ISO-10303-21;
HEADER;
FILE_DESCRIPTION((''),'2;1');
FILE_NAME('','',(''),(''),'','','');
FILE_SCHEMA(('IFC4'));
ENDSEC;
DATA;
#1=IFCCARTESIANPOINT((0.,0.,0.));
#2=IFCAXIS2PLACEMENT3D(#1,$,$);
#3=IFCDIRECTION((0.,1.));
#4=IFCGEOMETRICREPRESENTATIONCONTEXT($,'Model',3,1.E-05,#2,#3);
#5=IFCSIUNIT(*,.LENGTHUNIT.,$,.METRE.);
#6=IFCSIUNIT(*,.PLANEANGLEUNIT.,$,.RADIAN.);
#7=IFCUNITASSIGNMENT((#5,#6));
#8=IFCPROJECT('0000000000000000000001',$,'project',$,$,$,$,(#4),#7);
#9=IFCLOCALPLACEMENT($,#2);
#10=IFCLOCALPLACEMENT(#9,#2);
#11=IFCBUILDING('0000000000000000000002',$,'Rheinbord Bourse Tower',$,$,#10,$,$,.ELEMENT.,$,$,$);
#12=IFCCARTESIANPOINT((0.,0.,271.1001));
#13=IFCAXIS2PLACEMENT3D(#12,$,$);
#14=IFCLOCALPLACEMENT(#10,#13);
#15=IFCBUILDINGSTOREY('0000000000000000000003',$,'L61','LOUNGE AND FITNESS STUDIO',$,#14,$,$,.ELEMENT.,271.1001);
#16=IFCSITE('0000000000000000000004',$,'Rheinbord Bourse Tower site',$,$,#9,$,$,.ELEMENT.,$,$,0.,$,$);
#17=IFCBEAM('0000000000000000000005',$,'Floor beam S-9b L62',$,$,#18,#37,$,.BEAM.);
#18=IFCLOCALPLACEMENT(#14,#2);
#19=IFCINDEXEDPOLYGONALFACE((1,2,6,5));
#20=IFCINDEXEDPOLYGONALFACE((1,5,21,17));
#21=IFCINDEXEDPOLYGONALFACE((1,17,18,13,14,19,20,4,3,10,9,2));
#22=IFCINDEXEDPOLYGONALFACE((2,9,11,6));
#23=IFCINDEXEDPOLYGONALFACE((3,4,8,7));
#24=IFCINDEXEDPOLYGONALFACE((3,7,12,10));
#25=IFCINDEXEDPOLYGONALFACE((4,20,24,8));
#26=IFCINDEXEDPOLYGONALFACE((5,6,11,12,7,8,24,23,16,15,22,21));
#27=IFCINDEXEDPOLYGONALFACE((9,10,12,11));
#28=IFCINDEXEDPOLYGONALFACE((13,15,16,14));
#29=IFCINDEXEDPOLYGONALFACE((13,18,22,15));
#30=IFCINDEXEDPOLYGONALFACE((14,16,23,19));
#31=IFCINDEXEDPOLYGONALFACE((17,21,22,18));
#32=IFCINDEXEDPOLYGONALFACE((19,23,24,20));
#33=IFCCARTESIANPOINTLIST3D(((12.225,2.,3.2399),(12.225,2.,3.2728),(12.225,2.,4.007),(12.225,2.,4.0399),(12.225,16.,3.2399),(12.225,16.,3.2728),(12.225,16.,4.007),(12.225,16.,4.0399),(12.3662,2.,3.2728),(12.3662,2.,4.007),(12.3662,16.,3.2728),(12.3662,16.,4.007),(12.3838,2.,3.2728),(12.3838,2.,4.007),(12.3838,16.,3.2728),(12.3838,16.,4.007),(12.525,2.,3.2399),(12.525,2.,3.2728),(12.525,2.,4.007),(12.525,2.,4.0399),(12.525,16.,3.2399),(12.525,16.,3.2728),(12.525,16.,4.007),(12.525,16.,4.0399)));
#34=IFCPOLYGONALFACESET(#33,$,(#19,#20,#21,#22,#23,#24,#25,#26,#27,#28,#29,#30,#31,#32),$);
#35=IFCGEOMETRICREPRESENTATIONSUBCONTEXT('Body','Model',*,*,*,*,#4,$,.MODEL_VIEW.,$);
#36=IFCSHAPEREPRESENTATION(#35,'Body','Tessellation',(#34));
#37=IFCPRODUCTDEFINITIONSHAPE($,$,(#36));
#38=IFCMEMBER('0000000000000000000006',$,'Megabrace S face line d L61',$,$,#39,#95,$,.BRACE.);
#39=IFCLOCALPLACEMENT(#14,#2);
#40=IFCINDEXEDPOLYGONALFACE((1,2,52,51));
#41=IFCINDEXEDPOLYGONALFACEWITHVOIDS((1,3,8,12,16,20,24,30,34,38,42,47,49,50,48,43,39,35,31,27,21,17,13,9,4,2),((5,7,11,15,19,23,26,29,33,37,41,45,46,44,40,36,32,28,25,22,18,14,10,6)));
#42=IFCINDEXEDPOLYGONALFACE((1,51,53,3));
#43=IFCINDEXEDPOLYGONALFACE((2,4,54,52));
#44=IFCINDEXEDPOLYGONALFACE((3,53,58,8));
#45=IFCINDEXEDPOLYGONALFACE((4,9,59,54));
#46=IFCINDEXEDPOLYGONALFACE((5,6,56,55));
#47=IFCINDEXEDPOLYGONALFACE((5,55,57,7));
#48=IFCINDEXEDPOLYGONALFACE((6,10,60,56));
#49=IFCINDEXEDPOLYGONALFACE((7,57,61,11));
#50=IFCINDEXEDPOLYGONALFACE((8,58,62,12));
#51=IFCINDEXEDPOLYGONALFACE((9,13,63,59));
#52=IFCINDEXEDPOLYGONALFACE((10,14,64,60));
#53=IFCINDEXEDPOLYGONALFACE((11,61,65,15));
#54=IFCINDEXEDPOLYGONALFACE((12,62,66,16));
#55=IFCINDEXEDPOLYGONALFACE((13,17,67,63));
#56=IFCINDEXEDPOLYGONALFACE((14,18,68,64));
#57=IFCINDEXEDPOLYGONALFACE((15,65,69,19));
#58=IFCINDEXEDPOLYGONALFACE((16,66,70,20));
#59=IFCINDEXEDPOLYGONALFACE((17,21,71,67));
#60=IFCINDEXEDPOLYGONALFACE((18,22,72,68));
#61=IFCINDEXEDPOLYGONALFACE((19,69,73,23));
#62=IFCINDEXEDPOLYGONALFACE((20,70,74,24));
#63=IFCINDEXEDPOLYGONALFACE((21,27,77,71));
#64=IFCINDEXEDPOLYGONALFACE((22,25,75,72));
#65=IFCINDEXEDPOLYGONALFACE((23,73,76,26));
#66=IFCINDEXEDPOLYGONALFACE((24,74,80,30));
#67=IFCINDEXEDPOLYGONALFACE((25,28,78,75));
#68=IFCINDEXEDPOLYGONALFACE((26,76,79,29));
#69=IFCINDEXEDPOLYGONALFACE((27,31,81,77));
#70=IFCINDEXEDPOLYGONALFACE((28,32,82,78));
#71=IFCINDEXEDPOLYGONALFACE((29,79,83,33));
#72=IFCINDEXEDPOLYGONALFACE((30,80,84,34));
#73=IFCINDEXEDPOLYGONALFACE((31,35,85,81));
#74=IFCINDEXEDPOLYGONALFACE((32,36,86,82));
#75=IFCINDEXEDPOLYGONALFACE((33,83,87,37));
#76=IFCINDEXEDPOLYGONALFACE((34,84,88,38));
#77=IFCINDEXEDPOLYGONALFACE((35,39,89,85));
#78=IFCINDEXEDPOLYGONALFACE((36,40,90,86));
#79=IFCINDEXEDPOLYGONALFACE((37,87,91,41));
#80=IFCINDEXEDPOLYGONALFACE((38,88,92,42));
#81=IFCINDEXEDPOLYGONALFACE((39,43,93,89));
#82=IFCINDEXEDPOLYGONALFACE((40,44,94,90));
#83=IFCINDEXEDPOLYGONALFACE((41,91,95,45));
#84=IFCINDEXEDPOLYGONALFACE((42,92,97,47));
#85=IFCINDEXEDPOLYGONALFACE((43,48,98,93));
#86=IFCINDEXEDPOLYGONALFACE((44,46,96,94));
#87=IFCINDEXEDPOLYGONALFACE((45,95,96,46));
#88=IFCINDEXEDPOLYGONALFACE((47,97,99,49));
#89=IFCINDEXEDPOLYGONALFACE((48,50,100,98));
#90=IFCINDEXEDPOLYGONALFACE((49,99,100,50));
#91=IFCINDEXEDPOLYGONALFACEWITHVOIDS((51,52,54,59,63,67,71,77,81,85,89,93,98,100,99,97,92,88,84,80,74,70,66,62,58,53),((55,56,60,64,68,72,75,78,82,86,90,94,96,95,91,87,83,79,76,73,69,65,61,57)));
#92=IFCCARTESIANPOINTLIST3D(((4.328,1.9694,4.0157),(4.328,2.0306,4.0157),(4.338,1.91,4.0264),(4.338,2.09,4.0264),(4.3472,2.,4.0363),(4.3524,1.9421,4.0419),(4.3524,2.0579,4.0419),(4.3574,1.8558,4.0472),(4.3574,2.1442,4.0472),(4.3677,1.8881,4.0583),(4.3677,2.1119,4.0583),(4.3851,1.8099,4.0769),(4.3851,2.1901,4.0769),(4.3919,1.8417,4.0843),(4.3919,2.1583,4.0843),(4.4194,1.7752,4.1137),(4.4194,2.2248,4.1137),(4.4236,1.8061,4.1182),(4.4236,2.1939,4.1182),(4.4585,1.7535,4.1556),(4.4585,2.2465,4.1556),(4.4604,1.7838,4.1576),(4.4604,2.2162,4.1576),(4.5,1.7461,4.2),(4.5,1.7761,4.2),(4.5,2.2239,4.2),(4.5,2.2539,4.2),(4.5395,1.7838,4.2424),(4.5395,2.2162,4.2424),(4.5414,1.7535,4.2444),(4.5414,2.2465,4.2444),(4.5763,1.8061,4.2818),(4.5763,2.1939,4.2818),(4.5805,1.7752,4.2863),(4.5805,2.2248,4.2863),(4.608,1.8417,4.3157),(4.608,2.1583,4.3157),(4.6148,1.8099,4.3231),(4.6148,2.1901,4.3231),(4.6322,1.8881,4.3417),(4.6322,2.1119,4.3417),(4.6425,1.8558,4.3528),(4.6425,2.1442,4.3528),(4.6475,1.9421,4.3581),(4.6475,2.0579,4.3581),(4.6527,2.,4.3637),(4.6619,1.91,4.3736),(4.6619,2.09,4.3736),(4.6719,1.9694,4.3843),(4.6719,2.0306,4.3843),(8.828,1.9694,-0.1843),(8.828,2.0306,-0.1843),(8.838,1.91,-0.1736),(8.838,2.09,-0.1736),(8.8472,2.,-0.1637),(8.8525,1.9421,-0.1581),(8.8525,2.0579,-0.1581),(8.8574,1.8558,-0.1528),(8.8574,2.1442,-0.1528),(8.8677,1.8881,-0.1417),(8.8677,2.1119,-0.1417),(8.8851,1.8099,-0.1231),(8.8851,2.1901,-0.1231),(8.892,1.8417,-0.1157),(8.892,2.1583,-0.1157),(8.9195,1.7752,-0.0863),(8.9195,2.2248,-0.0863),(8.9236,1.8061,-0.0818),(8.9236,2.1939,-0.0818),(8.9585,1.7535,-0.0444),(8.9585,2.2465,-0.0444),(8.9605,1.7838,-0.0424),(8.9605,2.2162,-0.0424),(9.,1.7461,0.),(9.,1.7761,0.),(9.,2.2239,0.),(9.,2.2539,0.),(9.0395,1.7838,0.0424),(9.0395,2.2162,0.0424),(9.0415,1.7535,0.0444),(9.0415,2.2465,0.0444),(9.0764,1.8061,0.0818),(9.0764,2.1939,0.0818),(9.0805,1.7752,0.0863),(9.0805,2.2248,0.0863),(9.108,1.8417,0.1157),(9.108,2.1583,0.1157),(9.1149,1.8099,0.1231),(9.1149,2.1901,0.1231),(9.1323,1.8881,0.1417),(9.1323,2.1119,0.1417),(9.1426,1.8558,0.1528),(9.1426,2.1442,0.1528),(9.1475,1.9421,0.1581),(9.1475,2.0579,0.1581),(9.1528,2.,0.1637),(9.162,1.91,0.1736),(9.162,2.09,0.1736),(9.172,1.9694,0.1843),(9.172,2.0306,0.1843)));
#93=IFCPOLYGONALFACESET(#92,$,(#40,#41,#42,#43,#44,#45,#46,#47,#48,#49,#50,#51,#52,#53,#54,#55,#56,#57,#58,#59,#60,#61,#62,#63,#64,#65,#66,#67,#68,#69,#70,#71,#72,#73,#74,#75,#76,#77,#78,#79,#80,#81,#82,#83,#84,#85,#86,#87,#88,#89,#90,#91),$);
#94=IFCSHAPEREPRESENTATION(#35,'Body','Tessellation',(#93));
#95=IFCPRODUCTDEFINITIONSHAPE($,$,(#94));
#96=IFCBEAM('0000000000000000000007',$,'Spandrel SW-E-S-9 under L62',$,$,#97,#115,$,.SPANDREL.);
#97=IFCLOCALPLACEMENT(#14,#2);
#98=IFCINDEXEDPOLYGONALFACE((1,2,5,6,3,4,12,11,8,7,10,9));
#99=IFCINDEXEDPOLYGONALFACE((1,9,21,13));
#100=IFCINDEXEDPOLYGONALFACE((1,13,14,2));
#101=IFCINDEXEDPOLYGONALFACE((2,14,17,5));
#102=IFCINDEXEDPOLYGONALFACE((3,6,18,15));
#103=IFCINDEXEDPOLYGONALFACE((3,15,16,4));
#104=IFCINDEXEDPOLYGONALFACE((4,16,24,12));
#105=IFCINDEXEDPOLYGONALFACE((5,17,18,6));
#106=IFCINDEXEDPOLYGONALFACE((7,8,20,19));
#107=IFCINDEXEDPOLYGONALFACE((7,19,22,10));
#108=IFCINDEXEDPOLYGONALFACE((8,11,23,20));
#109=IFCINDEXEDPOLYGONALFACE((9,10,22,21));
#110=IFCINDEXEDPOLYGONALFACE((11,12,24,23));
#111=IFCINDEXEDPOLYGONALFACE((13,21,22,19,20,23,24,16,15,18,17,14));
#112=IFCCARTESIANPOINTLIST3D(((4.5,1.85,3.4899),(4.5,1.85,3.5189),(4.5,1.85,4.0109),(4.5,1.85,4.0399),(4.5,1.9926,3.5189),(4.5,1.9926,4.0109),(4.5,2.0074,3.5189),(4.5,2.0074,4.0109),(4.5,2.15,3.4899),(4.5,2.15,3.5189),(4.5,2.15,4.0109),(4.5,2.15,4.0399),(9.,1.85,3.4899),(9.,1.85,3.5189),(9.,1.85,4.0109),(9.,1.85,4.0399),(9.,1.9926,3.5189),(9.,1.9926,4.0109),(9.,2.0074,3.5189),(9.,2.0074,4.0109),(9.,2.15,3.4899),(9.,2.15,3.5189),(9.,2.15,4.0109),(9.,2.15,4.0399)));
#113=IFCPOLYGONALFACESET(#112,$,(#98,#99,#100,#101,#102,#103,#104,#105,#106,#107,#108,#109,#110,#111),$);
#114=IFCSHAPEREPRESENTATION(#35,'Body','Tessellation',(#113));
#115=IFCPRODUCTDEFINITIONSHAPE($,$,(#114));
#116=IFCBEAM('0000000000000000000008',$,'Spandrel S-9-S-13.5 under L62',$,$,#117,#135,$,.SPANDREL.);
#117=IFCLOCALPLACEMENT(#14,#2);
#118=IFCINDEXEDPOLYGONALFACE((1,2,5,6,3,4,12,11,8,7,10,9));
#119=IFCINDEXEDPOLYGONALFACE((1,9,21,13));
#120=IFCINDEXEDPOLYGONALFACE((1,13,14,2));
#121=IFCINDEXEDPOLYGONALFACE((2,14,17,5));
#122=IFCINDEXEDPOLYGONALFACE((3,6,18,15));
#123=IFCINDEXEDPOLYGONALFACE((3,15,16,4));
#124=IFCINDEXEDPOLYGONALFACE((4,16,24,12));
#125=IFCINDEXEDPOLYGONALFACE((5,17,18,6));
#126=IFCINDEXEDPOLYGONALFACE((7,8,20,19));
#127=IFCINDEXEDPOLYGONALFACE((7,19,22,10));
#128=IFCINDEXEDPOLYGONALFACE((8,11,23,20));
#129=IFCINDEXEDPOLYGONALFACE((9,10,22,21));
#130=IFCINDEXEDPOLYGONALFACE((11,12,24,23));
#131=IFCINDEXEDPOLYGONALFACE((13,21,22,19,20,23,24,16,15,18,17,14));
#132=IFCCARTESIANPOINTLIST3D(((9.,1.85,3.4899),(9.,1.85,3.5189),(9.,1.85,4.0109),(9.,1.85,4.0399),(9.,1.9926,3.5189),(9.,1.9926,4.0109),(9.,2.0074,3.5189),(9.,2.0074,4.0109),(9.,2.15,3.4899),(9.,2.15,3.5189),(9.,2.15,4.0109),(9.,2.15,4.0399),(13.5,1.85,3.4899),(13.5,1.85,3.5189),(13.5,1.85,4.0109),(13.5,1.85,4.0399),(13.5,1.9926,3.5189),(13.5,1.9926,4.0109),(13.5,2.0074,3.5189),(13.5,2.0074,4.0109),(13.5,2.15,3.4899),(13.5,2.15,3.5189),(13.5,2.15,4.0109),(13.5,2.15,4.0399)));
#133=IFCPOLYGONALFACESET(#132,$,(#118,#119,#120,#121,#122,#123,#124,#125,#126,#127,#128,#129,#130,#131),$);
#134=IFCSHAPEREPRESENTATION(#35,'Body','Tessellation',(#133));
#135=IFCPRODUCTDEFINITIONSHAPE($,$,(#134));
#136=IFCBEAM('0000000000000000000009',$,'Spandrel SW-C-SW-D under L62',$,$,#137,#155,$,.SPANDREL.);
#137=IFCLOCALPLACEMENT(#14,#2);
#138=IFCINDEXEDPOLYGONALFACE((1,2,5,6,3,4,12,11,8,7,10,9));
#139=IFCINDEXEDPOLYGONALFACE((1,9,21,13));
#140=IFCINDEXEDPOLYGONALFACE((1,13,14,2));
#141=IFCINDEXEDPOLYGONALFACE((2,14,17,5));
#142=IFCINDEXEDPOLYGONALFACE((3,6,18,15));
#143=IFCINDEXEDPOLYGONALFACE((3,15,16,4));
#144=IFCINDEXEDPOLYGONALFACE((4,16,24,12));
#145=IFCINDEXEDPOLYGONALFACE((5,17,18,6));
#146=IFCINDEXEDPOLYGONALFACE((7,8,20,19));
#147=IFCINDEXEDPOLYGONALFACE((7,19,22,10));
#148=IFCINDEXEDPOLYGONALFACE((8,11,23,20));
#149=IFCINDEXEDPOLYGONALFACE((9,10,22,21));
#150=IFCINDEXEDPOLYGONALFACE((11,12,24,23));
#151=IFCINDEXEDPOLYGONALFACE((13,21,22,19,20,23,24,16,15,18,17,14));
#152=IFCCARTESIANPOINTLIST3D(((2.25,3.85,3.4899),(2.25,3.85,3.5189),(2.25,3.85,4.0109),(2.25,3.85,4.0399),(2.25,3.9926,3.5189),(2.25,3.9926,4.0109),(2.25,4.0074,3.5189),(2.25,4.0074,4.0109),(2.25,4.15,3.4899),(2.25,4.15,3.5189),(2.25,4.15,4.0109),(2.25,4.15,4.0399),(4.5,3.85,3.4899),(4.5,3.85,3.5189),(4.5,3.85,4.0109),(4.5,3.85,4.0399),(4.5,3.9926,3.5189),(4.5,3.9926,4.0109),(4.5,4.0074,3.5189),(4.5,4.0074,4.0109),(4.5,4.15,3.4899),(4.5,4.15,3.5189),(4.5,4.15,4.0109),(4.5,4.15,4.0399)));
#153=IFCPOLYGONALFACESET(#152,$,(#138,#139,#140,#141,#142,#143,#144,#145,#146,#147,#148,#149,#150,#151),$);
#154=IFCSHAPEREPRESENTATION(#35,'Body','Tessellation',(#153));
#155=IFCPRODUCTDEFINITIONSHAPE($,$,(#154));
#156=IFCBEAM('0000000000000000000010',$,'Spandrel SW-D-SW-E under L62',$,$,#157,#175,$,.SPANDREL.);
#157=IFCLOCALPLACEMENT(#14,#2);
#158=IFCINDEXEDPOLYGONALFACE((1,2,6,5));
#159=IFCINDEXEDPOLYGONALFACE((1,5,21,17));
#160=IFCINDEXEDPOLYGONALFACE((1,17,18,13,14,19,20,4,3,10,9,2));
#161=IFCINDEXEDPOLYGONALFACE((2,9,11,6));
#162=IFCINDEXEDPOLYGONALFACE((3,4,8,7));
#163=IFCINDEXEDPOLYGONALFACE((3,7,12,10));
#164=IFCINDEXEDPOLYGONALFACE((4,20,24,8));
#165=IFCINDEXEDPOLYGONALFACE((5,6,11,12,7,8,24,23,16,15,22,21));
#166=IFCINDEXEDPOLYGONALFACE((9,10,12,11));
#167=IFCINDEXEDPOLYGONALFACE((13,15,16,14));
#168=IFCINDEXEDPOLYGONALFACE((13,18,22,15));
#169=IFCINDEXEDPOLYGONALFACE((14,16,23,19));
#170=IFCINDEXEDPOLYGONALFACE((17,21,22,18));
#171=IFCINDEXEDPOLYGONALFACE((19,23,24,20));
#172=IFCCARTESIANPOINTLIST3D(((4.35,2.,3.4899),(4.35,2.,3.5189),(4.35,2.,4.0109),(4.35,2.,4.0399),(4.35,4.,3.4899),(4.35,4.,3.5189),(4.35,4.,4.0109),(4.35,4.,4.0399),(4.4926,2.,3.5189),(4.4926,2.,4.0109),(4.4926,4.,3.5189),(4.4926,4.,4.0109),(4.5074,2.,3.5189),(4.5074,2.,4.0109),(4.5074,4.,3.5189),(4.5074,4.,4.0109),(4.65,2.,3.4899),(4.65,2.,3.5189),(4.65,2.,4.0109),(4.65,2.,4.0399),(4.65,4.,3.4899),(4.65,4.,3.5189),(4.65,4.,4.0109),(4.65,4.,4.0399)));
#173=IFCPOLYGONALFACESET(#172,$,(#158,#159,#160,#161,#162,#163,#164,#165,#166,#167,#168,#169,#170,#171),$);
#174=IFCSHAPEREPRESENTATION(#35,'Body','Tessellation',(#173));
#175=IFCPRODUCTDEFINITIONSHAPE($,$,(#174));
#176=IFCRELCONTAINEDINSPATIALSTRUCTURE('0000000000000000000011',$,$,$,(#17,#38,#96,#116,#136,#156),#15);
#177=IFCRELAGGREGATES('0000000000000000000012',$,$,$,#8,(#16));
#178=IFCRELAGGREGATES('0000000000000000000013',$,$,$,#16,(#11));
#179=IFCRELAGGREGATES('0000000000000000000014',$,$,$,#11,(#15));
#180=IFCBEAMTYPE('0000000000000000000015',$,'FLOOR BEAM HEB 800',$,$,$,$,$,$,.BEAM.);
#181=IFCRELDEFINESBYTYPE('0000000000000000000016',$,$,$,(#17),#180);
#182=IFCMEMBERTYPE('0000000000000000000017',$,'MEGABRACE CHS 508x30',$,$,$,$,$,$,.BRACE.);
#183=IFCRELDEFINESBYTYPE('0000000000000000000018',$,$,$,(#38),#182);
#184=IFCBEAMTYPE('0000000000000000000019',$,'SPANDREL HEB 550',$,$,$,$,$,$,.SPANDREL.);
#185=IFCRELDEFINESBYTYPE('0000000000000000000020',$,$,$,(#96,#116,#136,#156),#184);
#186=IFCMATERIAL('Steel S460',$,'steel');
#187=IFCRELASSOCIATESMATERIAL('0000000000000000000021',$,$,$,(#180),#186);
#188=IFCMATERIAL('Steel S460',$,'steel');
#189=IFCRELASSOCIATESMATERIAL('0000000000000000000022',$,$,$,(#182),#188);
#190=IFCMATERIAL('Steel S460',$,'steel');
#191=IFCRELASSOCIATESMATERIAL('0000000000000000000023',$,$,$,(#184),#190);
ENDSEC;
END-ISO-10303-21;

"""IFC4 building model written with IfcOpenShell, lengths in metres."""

from ifc_helpers import new_model, si_unit, direction, frame, origin, origin_2d, place, context, subcontext, project, spatial, hollow_circle, i_section, extrude, material, material_profile, profile_set, type_object, element, save


model = new_model("IFC4")

# Units and contexts
model_context = context("Model", 3, precision=1e-05, world=origin(), true_north=direction((0.0, 1.0)))
body_context = subcontext(model_context, "Body", "Model", "MODEL_VIEW")
ifc_project = project(units=[si_unit("LENGTHUNIT", "METRE"), si_unit("PLANEANGLEUNIT", "RADIAN")], contexts=[model_context])

# Site, building, storey
site_placement = place(None, origin())
site = spatial("IfcSite", under=ifc_project, at=site_placement, Name="Rheinbord Bourse Tower site", CompositionType="ELEMENT", RefElevation=0.0)
building_placement = place(site_placement, origin())
building = spatial("IfcBuilding", under=site, at=building_placement, Name="Rheinbord Bourse Tower", CompositionType="ELEMENT")
storey_placement = place(building_placement, frame((0.0, 0.0, 271.1001)))
storey = spatial("IfcBuildingStorey", under=building, at=storey_placement, Name="L61", Description="LOUNGE AND FITNESS STUDIO", CompositionType="ELEMENT", Elevation=271.1001)

# Beam
ifc_material_1 = material(Name="Steel S460", Category="steel")
ifc_material_profile_1 = material_profile(ifc_material_1, i_section(OverallWidth=0.3, OverallDepth=0.8, WebThickness=0.0176, FlangeThickness=0.033, at=origin_2d()), Name="HEB 800")
ifc_profile_set_1 = profile_set([ifc_material_profile_1], Name="Steel S460")
beam_type_1 = type_object("IfcBeamType", Name="FLOOR BEAM HEB 800", PredefinedType="BEAM", material=ifc_profile_set_1)
for number, where, z_axis, x_axis, name in (
    (1, (12.375, 2.0, 3.6399), (0.0, 1.0, 0.0), (-1.0, 0.0, 0.0), "Floor beam S-9b L62"),
):
    element("IfcBeam", number, at=place(storey_placement, frame(where, z_axis=z_axis, x_axis=x_axis)), inside=storey, type_object=beam_type_1, Name=name, PredefinedType="BEAM", context=body_context, shape_type="SweptSolid", body=[
        extrude(i_section(OverallWidth=0.3, OverallDepth=0.8, WebThickness=0.0176, FlangeThickness=0.033, at=origin_2d()), origin(), (0.0, 0.0, 1.0), 14.0),
    ])

# Member
ifc_material_2 = material(Name="Steel S460", Category="steel")
ifc_material_profile_2 = material_profile(ifc_material_2, hollow_circle(Radius=0.2539, WallThickness=0.03, at=origin_2d()), Name="CHS 508x30")
ifc_profile_set_2 = profile_set([ifc_material_profile_2], Name="Steel S460")
member_type_1 = type_object("IfcMemberType", Name="MEGABRACE CHS 508x30", PredefinedType="BRACE", material=ifc_profile_set_2)
member_1_placement = place(storey_placement, frame((9.0, 2.0, 0.0), z_axis=(-0.731059, 0.0, 0.682314), x_axis=(0.0, -1.0, 0.0)))
element("IfcMember", 2, at=member_1_placement, inside=storey, type_object=member_type_1, Name="Megabrace S face line d L61", PredefinedType="BRACE", context=body_context, shape_type="SweptSolid", body=[
    extrude(hollow_circle(Radius=0.2539, WallThickness=0.03, at=origin_2d()), origin(), (0.0, 0.0, 1.0), 6.1555),
])

# Beams
ifc_material_3 = material(Name="Steel S460", Category="steel")
ifc_material_profile_3 = material_profile(ifc_material_3, i_section(OverallWidth=0.3, OverallDepth=0.55, WebThickness=0.0149, FlangeThickness=0.0291, at=origin_2d()), Name="HEB 550")
ifc_profile_set_3 = profile_set([ifc_material_profile_3], Name="Steel S460")
beam_type_2 = type_object("IfcBeamType", Name="SPANDREL HEB 550", PredefinedType="SPANDREL", material=ifc_profile_set_3)
for number, where, z_axis, x_axis, name in (
    (3, (4.5, 2.0, 3.7649), (1.0, 0.0, 0.0), (0.0, 1.0, 0.0), "Spandrel SW-E-S-9 under L62"),
    (4, (9.0, 2.0, 3.7649), (1.0, 0.0, 0.0), (0.0, 1.0, 0.0), "Spandrel S-9-S-13.5 under L62"),
):
    element("IfcBeam", number, at=place(storey_placement, frame(where, z_axis=z_axis, x_axis=x_axis)), inside=storey, type_object=beam_type_2, Name=name, PredefinedType="SPANDREL", context=body_context, shape_type="SweptSolid", body=[
        extrude(i_section(OverallWidth=0.3, OverallDepth=0.55, WebThickness=0.0149, FlangeThickness=0.0291, at=origin_2d()), origin(), (0.0, 0.0, 1.0), 4.5),
    ])
beam_1_placement = place(storey_placement, frame((2.25, 4.0, 3.7649), z_axis=(1.0, 0.0, 0.0), x_axis=(0.0, 1.0, 0.0)))
element("IfcBeam", 5, at=beam_1_placement, inside=storey, type_object=beam_type_2, Name="Spandrel SW-C-SW-D under L62", PredefinedType="SPANDREL", context=body_context, shape_type="SweptSolid", body=[
    extrude(i_section(OverallWidth=0.3, OverallDepth=0.55, WebThickness=0.0149, FlangeThickness=0.0291, at=origin_2d()), origin(), (0.0, 0.0, 1.0), 2.25),
])
beam_2_placement = place(storey_placement, frame((4.5, 4.0, 3.7649), z_axis=(0.0, -1.0, 0.0), x_axis=(1.0, 0.0, 0.0)))
element("IfcBeam", 6, at=beam_2_placement, inside=storey, type_object=beam_type_2, Name="Spandrel SW-D-SW-E under L62", PredefinedType="SPANDREL", context=body_context, shape_type="SweptSolid", body=[
    extrude(i_section(OverallWidth=0.3, OverallDepth=0.55, WebThickness=0.0149, FlangeThickness=0.0291, at=origin_2d()), origin(), (0.0, 0.0, 1.0), 2.0),
])

save(model, "model.ifc")
